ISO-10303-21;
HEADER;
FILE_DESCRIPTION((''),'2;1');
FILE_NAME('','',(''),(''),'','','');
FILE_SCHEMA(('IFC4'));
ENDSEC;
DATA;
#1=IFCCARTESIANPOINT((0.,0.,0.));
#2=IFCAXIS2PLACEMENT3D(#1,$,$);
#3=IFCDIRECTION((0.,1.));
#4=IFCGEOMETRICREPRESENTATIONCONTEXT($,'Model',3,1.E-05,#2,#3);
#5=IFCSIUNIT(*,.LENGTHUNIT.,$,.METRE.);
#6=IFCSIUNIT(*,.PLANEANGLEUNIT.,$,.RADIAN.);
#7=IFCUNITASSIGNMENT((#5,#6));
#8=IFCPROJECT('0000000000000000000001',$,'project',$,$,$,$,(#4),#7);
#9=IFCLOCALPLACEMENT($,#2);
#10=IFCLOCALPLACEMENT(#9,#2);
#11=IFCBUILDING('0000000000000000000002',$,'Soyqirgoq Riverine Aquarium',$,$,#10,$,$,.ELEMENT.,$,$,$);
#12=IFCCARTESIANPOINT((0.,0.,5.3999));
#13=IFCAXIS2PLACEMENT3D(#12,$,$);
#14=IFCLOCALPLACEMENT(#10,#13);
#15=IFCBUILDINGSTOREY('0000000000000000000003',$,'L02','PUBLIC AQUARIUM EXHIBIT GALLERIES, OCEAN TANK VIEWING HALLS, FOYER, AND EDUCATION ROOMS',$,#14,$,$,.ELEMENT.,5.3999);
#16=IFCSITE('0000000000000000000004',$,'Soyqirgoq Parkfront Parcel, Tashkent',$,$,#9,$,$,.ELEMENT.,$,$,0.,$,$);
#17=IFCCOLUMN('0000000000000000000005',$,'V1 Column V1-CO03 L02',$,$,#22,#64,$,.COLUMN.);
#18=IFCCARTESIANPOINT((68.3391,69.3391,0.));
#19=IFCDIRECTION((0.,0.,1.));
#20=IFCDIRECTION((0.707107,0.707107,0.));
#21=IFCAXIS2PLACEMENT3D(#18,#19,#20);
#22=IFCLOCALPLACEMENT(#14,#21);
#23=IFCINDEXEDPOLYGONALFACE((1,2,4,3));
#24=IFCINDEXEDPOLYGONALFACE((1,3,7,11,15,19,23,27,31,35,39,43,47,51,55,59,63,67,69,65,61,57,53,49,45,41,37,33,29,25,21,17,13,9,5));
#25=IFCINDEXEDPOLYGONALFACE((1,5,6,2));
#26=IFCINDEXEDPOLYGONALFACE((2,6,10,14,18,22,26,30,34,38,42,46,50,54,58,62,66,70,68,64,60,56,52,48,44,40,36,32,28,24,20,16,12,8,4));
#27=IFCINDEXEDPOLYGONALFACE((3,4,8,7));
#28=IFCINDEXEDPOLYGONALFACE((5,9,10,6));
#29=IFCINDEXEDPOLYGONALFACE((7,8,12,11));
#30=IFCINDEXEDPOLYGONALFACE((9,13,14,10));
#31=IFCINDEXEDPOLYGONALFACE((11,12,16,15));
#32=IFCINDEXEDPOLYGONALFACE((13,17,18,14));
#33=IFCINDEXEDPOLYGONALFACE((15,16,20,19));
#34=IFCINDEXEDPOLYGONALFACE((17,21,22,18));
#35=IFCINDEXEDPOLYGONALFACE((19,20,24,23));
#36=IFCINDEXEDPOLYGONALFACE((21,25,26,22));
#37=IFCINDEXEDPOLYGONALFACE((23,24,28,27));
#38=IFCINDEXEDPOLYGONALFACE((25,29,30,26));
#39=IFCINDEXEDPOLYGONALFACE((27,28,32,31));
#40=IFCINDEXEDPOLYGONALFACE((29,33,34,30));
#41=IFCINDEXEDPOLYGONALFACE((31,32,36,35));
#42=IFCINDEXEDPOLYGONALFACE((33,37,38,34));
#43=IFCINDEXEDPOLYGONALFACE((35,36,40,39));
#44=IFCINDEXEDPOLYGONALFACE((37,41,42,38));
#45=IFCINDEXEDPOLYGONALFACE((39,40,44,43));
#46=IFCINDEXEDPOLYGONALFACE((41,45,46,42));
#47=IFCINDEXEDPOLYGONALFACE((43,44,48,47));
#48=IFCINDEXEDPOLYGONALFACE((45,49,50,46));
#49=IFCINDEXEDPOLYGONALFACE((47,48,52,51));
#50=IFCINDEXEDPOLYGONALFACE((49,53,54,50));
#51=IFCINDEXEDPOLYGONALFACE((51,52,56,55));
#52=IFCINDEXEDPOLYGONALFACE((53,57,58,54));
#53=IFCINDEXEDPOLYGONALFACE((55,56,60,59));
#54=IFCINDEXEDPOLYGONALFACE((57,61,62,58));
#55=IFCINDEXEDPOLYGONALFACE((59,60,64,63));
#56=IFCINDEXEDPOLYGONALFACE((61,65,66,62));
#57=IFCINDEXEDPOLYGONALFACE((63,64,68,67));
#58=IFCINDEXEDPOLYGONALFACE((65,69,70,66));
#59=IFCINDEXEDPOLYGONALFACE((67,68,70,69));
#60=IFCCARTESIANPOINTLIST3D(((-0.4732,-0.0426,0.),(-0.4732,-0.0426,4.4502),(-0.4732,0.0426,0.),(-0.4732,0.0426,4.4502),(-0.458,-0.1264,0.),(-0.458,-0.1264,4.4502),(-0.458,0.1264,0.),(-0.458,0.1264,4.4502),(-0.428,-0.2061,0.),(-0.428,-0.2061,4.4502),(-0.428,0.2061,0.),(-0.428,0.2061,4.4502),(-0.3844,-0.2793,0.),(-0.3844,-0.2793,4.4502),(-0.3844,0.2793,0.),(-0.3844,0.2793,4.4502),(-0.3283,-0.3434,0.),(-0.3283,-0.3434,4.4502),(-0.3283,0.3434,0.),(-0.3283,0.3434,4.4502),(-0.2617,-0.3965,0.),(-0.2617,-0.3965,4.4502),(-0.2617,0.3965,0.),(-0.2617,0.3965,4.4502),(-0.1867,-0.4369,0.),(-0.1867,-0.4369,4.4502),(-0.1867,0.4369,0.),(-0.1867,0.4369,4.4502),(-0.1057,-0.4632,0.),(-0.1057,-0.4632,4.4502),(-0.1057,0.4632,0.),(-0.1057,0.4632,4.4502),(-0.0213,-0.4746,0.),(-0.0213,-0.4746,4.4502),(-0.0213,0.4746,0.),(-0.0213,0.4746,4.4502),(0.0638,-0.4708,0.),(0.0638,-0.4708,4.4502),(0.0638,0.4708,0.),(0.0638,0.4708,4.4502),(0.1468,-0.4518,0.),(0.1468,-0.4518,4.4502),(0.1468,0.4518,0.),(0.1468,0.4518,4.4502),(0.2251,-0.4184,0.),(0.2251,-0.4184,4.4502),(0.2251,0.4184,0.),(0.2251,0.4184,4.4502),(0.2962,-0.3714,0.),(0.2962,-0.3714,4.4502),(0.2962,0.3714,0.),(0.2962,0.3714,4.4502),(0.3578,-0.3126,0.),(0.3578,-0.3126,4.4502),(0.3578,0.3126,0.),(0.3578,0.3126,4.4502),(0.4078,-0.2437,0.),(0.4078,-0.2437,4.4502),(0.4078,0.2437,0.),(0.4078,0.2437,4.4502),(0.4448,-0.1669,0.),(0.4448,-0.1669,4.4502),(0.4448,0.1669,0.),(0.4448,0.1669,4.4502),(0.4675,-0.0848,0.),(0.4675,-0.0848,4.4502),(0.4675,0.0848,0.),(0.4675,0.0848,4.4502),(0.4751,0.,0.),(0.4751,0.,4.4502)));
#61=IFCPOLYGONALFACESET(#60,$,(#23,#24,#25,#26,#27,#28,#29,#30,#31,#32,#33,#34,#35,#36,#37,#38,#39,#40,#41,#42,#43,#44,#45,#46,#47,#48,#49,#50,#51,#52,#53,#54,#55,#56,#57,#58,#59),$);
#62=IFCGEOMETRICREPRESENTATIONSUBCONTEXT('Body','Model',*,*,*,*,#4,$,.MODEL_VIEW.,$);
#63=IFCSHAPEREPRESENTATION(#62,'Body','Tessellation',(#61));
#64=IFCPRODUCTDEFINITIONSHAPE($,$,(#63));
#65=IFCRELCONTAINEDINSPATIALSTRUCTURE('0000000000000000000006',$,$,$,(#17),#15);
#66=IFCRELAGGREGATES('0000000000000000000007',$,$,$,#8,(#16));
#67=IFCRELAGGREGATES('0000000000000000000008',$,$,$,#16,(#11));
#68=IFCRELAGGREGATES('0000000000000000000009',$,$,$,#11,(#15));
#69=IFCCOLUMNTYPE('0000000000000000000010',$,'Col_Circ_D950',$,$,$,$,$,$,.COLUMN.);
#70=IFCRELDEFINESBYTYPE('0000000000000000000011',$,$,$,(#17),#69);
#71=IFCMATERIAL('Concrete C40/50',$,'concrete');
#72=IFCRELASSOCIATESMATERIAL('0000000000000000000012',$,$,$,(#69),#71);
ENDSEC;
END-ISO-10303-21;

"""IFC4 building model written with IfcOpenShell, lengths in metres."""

from ifc_helpers import new_model, si_unit, direction, frame, origin, origin_2d, place, context, subcontext, project, spatial, circle, extrude, material, material_profile, profile_set, type_object, element, save


model = new_model("IFC4")

# Units and contexts
model_context = context("Model", 3, precision=1e-05, world=origin(), true_north=direction((0.0, 1.0)))
body_context = subcontext(model_context, "Body", "Model", "MODEL_VIEW")
ifc_project = project(units=[si_unit("LENGTHUNIT", "METRE"), si_unit("PLANEANGLEUNIT", "RADIAN")], contexts=[model_context])

# Site, building, storey
site_placement = place(None, origin())
site = spatial("IfcSite", under=ifc_project, at=site_placement, Name="Soyqirgoq Parkfront Parcel, Tashkent", CompositionType="ELEMENT", RefElevation=0.0)
building_placement = place(site_placement, origin())
building = spatial("IfcBuilding", under=site, at=building_placement, Name="Soyqirgoq Riverine Aquarium", CompositionType="ELEMENT")
storey_placement = place(building_placement, frame((0.0, 0.0, 5.3999)))
storey = spatial("IfcBuildingStorey", under=building, at=storey_placement, Name="L02", Description="PUBLIC AQUARIUM EXHIBIT GALLERIES, OCEAN TANK VIEWING HALLS, FOYER, AND EDUCATION ROOMS", CompositionType="ELEMENT", Elevation=5.3999)

# Column
ifc_material_1 = material(Name="Concrete C40/50", Category="concrete")
ifc_material_profile_1 = material_profile(ifc_material_1, circle(Radius=0.4751, at=origin_2d()), Name="RC-COL D950")
ifc_profile_set_1 = profile_set([ifc_material_profile_1], Name="Concrete C40/50")
column_type_1 = type_object("IfcColumnType", Name="Col_Circ_D950", PredefinedType="COLUMN", material=ifc_profile_set_1)
column_1_placement = place(storey_placement, frame((68.3391, 69.3391, 0.0), z_axis=(0.0, 0.0, 1.0), x_axis=(0.707107, 0.707107, 0.0)))
element("IfcColumn", 1, at=column_1_placement, inside=storey, type_object=column_type_1, Name="V1 Column V1-CO03 L02", PredefinedType="COLUMN", context=body_context, shape_type="SweptSolid", body=[
    extrude(circle(Radius=0.4751, at=origin_2d()), origin(), (0.0, 0.0, 1.0), 4.4502),
])

save(model, "model.ifc")
